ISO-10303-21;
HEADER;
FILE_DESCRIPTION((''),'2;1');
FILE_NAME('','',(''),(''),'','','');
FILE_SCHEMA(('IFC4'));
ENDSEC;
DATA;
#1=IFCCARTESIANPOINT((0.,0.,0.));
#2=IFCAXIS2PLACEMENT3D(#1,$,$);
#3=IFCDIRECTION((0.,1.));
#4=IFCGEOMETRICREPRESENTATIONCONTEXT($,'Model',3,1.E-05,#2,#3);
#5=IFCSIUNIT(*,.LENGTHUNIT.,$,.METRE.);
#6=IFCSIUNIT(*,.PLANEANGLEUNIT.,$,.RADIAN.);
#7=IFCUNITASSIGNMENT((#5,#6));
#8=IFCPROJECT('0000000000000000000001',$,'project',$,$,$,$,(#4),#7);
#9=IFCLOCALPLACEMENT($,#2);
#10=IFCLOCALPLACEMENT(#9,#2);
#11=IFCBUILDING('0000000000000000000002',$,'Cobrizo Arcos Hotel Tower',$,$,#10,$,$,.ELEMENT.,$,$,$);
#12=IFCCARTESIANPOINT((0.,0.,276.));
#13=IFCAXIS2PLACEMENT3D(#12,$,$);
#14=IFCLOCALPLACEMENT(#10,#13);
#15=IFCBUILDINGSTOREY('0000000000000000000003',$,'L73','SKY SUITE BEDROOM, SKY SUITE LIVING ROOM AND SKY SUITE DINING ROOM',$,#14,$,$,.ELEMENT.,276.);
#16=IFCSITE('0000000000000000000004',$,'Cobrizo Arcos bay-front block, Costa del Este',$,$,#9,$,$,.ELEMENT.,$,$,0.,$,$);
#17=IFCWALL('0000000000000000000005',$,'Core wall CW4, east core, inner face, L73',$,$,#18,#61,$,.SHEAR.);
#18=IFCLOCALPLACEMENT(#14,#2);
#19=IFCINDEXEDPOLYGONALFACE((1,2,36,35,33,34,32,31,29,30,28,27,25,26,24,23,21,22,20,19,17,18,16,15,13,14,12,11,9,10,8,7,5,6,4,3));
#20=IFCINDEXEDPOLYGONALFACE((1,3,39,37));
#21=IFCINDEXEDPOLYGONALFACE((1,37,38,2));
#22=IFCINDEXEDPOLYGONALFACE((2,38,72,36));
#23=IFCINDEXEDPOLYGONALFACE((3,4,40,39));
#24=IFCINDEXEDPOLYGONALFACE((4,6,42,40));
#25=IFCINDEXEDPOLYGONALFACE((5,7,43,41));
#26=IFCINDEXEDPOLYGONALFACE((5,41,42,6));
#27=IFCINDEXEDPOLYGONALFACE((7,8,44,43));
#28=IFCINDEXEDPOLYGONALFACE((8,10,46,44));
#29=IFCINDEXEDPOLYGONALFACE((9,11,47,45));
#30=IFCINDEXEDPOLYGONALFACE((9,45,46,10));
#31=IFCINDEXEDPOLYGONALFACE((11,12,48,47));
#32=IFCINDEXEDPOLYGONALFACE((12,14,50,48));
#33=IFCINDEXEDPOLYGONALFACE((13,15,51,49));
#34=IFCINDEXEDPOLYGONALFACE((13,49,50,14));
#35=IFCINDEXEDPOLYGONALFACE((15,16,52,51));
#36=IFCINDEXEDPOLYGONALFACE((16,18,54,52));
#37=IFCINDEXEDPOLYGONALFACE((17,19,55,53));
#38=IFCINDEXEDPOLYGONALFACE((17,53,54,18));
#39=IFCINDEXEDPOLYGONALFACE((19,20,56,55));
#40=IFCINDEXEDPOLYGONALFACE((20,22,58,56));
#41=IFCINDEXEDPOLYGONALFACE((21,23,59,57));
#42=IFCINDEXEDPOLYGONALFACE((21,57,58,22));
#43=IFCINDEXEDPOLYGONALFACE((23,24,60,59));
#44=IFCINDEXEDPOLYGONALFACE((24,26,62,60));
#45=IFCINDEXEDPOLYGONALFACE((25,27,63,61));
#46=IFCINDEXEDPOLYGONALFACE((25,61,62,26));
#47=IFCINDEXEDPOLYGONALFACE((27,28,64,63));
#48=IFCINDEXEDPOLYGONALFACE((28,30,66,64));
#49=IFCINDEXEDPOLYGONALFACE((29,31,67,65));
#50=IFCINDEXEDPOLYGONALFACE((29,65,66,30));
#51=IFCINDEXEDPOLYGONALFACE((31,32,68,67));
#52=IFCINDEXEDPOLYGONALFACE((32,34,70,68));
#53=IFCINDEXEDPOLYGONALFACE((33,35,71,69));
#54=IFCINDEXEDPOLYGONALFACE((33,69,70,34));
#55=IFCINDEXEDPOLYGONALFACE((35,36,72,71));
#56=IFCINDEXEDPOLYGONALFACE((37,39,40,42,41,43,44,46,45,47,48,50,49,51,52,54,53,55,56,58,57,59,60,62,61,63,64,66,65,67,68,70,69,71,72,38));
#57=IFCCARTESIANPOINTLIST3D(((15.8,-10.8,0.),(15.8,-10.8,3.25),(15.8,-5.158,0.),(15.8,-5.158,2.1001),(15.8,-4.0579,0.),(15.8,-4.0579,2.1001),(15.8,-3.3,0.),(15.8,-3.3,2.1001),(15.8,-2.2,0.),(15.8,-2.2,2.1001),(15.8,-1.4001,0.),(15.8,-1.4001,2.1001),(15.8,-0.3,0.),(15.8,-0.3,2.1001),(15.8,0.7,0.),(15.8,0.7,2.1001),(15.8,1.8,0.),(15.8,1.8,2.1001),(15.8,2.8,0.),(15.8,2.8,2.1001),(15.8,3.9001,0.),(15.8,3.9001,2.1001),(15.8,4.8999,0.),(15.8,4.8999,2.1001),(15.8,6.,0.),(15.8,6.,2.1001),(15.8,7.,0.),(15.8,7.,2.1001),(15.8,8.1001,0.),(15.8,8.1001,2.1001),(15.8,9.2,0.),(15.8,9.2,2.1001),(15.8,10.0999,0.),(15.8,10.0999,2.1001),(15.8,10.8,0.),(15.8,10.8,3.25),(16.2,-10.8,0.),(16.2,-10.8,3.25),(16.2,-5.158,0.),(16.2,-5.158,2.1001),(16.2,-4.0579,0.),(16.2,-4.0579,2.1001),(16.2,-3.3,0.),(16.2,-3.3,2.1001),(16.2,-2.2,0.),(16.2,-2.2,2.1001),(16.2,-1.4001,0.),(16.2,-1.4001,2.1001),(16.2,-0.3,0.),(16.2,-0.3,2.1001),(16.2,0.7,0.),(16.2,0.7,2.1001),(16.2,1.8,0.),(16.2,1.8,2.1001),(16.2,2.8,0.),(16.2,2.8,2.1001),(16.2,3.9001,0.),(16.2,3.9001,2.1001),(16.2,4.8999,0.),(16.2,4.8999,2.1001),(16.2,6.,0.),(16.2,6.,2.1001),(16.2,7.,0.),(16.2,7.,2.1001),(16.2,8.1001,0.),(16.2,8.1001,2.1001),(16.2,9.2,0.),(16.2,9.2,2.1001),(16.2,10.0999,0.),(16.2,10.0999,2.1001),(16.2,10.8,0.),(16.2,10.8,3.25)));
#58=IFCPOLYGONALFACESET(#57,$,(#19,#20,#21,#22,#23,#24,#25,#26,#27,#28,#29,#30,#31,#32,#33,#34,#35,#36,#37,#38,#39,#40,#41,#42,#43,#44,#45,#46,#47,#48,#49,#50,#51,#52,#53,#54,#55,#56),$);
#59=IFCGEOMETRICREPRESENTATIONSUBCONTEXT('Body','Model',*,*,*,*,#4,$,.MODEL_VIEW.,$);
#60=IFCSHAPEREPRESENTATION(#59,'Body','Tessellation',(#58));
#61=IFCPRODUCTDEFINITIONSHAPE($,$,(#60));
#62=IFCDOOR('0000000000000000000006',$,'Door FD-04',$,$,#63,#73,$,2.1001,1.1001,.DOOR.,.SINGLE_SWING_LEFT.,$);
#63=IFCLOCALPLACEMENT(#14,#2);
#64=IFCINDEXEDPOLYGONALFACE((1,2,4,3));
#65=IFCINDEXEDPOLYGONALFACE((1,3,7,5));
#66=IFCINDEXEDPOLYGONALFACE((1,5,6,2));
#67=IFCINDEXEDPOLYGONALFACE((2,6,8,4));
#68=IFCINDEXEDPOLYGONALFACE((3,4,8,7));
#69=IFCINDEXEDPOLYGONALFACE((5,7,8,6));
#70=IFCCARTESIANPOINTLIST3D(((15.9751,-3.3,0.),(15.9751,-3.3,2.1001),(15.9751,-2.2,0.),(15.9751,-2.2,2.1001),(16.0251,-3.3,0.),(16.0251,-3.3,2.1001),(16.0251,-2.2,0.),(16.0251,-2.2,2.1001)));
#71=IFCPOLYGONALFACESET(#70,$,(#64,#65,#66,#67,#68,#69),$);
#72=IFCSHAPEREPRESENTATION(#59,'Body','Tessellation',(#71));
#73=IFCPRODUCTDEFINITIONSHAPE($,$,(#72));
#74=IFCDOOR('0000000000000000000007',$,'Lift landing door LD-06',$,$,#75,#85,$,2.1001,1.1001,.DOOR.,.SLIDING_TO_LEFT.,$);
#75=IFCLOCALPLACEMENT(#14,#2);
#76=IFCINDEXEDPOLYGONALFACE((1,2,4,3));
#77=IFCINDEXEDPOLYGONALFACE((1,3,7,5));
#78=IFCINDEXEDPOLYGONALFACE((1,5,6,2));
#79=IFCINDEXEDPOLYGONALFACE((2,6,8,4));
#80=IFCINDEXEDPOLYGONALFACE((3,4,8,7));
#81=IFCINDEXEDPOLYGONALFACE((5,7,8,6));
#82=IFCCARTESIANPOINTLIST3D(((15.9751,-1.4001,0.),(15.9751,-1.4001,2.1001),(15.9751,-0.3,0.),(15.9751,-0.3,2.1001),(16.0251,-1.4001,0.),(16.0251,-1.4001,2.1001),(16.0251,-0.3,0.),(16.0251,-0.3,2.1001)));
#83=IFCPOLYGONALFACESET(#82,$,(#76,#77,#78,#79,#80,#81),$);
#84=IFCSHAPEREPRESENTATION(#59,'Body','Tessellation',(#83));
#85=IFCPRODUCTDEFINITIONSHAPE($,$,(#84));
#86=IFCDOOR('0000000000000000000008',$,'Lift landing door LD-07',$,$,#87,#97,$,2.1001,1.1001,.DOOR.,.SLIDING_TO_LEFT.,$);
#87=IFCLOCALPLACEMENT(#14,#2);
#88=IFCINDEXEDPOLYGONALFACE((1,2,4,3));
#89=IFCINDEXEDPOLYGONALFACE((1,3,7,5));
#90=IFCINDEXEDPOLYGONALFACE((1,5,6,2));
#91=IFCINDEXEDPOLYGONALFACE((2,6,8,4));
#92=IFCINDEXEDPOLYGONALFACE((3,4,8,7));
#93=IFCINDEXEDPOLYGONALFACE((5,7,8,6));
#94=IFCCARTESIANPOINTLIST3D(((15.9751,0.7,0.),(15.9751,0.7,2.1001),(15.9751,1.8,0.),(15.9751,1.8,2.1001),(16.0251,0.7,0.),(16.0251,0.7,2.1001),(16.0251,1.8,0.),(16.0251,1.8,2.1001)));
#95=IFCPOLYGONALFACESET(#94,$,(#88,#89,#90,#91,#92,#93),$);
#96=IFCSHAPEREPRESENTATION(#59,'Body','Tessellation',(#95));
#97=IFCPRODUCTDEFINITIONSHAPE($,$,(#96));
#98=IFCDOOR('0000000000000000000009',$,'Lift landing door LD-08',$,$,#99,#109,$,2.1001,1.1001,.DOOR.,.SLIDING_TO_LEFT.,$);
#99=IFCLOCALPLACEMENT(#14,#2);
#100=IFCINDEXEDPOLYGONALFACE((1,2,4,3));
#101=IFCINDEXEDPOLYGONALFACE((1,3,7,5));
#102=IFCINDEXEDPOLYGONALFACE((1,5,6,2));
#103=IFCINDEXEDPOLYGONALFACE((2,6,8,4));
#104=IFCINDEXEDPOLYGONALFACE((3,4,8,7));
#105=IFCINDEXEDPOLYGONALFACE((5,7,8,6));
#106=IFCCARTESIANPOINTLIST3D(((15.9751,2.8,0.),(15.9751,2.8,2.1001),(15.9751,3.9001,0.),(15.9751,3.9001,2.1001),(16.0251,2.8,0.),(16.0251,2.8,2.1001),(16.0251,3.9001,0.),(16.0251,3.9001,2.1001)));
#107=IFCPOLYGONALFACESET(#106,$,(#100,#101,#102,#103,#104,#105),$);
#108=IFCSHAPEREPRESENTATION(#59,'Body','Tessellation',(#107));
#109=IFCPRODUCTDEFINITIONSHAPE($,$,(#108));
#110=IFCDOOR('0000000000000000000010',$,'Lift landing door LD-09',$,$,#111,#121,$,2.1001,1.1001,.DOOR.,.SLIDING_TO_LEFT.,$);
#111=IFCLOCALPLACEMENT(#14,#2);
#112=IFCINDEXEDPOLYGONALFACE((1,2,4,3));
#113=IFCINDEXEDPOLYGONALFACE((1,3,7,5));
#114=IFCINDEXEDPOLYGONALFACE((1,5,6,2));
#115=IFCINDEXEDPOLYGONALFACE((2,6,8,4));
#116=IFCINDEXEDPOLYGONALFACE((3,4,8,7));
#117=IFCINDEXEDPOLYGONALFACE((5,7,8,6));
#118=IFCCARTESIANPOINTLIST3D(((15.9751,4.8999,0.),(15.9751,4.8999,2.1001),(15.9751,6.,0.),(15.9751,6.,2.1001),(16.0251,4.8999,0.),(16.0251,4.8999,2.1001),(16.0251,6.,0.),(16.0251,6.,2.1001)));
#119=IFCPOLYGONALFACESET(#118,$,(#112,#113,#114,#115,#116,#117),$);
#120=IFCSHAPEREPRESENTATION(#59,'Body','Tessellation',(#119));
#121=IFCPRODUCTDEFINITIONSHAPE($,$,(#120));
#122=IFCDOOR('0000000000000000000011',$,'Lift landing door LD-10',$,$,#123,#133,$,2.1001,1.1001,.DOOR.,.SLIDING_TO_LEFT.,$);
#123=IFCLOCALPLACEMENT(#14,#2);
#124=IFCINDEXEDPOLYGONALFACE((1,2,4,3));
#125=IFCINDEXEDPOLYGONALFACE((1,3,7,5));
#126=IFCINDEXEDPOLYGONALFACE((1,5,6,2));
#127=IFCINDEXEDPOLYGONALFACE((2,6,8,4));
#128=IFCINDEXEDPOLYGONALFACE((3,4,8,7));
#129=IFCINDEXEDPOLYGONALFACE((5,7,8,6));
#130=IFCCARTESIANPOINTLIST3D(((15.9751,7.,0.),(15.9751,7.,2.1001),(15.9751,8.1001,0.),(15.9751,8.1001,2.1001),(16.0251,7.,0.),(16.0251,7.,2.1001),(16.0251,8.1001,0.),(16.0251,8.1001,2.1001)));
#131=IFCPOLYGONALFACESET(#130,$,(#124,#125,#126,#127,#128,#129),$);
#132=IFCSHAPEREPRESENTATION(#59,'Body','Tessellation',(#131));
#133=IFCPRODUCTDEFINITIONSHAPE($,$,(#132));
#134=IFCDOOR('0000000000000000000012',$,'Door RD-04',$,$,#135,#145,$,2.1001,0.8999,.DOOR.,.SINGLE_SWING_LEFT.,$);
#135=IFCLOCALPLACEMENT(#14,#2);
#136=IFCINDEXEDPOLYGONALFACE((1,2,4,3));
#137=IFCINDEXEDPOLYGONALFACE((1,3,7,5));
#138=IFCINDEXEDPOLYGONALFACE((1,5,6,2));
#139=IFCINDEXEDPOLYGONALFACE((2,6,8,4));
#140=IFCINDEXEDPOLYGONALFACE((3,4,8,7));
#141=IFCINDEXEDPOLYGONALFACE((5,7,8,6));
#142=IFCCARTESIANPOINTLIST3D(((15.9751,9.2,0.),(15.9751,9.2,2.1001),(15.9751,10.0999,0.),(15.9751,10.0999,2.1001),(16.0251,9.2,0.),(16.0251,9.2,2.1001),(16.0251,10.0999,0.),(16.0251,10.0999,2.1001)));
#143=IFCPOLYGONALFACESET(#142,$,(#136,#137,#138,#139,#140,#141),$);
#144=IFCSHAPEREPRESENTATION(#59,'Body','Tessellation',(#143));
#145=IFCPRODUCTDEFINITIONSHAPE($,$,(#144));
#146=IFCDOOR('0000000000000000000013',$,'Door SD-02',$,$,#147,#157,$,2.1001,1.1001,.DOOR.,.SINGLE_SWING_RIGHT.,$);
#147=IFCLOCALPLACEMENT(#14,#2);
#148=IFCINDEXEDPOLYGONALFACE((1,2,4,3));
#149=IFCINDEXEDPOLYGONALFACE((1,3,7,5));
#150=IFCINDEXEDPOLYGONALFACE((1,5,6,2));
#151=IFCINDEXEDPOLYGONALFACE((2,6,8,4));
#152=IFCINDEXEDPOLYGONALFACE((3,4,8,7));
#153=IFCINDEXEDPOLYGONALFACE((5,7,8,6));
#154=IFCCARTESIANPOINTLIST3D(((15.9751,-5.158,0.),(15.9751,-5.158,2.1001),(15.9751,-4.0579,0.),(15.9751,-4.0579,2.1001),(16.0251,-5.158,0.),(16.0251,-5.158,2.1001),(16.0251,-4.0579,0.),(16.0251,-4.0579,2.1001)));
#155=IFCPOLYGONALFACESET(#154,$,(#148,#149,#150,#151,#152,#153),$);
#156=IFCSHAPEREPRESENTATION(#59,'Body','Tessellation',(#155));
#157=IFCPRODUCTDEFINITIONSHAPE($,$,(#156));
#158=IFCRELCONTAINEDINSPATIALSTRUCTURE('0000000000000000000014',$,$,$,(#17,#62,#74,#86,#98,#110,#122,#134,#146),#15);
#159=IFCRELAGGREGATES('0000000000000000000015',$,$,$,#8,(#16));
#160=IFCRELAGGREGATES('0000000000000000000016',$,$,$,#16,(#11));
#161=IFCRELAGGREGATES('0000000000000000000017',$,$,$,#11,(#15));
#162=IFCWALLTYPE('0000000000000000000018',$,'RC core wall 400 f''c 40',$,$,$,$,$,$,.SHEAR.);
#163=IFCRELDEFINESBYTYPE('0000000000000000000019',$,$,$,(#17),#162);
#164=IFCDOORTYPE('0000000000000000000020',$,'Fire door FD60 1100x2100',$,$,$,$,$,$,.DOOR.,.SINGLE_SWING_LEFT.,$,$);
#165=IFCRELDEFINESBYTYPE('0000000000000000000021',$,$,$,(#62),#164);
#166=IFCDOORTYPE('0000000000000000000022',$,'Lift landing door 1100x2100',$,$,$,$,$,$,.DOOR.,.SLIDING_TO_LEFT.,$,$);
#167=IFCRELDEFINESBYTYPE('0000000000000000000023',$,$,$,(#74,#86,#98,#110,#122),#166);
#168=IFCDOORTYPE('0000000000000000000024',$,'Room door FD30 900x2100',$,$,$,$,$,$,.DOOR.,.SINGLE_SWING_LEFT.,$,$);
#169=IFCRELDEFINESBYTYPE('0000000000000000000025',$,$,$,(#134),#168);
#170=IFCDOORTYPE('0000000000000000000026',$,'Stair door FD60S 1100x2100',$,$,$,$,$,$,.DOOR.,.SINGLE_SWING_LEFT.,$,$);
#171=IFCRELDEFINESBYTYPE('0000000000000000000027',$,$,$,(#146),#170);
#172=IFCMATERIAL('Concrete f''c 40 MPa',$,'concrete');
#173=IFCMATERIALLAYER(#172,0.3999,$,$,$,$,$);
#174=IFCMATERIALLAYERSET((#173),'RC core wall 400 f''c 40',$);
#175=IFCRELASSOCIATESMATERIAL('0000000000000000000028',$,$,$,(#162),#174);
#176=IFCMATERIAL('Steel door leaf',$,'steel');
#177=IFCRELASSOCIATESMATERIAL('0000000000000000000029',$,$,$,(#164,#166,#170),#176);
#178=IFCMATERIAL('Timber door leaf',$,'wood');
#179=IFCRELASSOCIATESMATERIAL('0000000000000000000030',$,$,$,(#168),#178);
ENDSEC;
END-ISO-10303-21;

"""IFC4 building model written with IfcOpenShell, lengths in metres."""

from ifc_helpers import new_model, si_unit, direction, frame, frame_2d, origin, place, context, subcontext, project, spatial, rectangle, extrude, material, layer, layer_set, type_object, element, fill, save


model = new_model("IFC4")

# Units and contexts
model_context = context("Model", 3, precision=1e-05, world=origin(), true_north=direction((0.0, 1.0)))
body_context = subcontext(model_context, "Body", "Model", "MODEL_VIEW")
ifc_project = project(units=[si_unit("LENGTHUNIT", "METRE"), si_unit("PLANEANGLEUNIT", "RADIAN")], contexts=[model_context])

# Site, building, storey
site_placement = place(None, origin())
site = spatial("IfcSite", under=ifc_project, at=site_placement, Name="Cobrizo Arcos bay-front block, Costa del Este", CompositionType="ELEMENT", RefElevation=0.0)
building_placement = place(site_placement, origin())
building = spatial("IfcBuilding", under=site, at=building_placement, Name="Cobrizo Arcos Hotel Tower", CompositionType="ELEMENT")
storey_placement = place(building_placement, frame((0.0, 0.0, 276.0)))
storey = spatial("IfcBuildingStorey", under=building, at=storey_placement, Name="L73", Description="SKY SUITE BEDROOM, SKY SUITE LIVING ROOM AND SKY SUITE DINING ROOM", CompositionType="ELEMENT", Elevation=276.0)

# Wall, openings, doors
ifc_material_1 = material(Name="Concrete f'c 40 MPa", Category="concrete")
ifc_layer_1 = layer(ifc_material_1, 0.3999)
ifc_layer_set_1 = layer_set([ifc_layer_1], Name="RC core wall 400 f'c 40")
wall_type_1 = type_object("IfcWallType", Name="RC core wall 400 f'c 40", PredefinedType="SHEAR", material=ifc_layer_set_1)
wall_1_placement = place(storey_placement, frame((16.0, -10.8, 0.0), z_axis=(0.0, 0.0, 1.0), x_axis=(0.0, 1.0, 0.0)))
wall_1 = element("IfcWall", 1, at=wall_1_placement, inside=storey, type_object=wall_type_1, Name="Core wall CW4, east core, inner face, L73", PredefinedType="SHEAR", context=body_context, shape_type="SweptSolid", body=[
    extrude(rectangle(XDim=21.6001, YDim=0.3999, at=frame_2d((10.8, 0.0))), origin(), (0.0, 0.0, 1.0), 3.25),
])
opening_1_placement = place(wall_1_placement, frame((9.3999, 0.0, 0.0)))
opening_1 = element("IfcOpeningElement", 2, at=opening_1_placement, cuts=wall_1, PredefinedType="OPENING", context=body_context, shape_type="SweptSolid", body=[
    extrude(rectangle(XDim=1.1001, YDim=2.1001, at=frame_2d((0.55, 1.05))), frame((0.0, 0.2119, 0.0), z_axis=(0.0, -1.0, 0.0), x_axis=(1.0, 0.0, 0.0)), (0.0, 0.0, 1.0), 0.4238),
])
opening_2_placement = place(wall_1_placement, frame((11.5, 0.0, 0.0)))
opening_2 = element("IfcOpeningElement", 3, at=opening_2_placement, cuts=wall_1, PredefinedType="OPENING", context=body_context, shape_type="SweptSolid", body=[
    extrude(rectangle(XDim=1.1001, YDim=2.1001, at=frame_2d((0.55, 1.05))), frame((0.0, 0.2119, 0.0), z_axis=(0.0, -1.0, 0.0), x_axis=(1.0, 0.0, 0.0)), (0.0, 0.0, 1.0), 0.4238),
])
opening_3_placement = place(wall_1_placement, frame((13.6001, 0.0, 0.0)))
opening_3 = element("IfcOpeningElement", 4, at=opening_3_placement, cuts=wall_1, PredefinedType="OPENING", context=body_context, shape_type="SweptSolid", body=[
    extrude(rectangle(XDim=1.1001, YDim=2.1001, at=frame_2d((0.55, 1.05))), frame((0.0, 0.2119, 0.0), z_axis=(0.0, -1.0, 0.0), x_axis=(1.0, 0.0, 0.0)), (0.0, 0.0, 1.0), 0.4238),
])
opening_4_placement = place(wall_1_placement, frame((15.7, 0.0, 0.0)))
opening_4 = element("IfcOpeningElement", 5, at=opening_4_placement, cuts=wall_1, PredefinedType="OPENING", context=body_context, shape_type="SweptSolid", body=[
    extrude(rectangle(XDim=1.1001, YDim=2.1001, at=frame_2d((0.55, 1.05))), frame((0.0, 0.2119, 0.0), z_axis=(0.0, -1.0, 0.0), x_axis=(1.0, 0.0, 0.0)), (0.0, 0.0, 1.0), 0.4238),
])
opening_5_placement = place(wall_1_placement, frame((17.8, 0.0, 0.0)))
opening_5 = element("IfcOpeningElement", 6, at=opening_5_placement, cuts=wall_1, PredefinedType="OPENING", context=body_context, shape_type="SweptSolid", body=[
    extrude(rectangle(XDim=1.1001, YDim=2.1001, at=frame_2d((0.55, 1.05))), frame((0.0, 0.2119, 0.0), z_axis=(0.0, -1.0, 0.0), x_axis=(1.0, 0.0, 0.0)), (0.0, 0.0, 1.0), 0.4238),
])
opening_6_placement = place(wall_1_placement, frame((5.6421, 0.0, 0.0)))
opening_6 = element("IfcOpeningElement", 7, at=opening_6_placement, cuts=wall_1, PredefinedType="OPENING", context=body_context, shape_type="SweptSolid", body=[
    extrude(rectangle(XDim=1.1001, YDim=2.1001, at=frame_2d((0.55, 1.05))), frame((0.0, 0.2119, 0.0), z_axis=(0.0, -1.0, 0.0), x_axis=(1.0, 0.0, 0.0)), (0.0, 0.0, 1.0), 0.4238),
])
opening_7_placement = place(wall_1_placement, frame((7.5, 0.0, 0.0)))
opening_7 = element("IfcOpeningElement", 8, at=opening_7_placement, cuts=wall_1, PredefinedType="OPENING", context=body_context, shape_type="SweptSolid", body=[
    extrude(rectangle(XDim=1.1001, YDim=2.1001, at=frame_2d((0.55, 1.05))), frame((0.0, 0.2119, 0.0), z_axis=(0.0, -1.0, 0.0), x_axis=(1.0, 0.0, 0.0)), (0.0, 0.0, 1.0), 0.4238),
])
opening_8_placement = place(wall_1_placement, frame((20.0, 0.0, 0.0)))
opening_8 = element("IfcOpeningElement", 9, at=opening_8_placement, cuts=wall_1, PredefinedType="OPENING", context=body_context, shape_type="SweptSolid", body=[
    extrude(rectangle(XDim=0.8999, YDim=2.1001, at=frame_2d((0.45, 1.05))), frame((0.0, 0.2119, 0.0), z_axis=(0.0, -1.0, 0.0), x_axis=(1.0, 0.0, 0.0)), (0.0, 0.0, 1.0), 0.4238),
])
ifc_material_2 = material(Name="Steel door leaf", Category="steel")
door_type_1 = type_object("IfcDoorType", Name="Fire door FD60 1100x2100", OperationType="SINGLE_SWING_LEFT", PredefinedType="DOOR", material=ifc_material_2)
door_1_placement = place(opening_7_placement, origin())
door_1 = element("IfcDoor", 10, at=door_1_placement, inside=storey, type_object=door_type_1, Name="Door FD-04", OperationType="SINGLE_SWING_LEFT", OverallHeight=2.1001, OverallWidth=1.1001, PredefinedType="DOOR", context=body_context, shape_type="SweptSolid", body=[
    extrude(rectangle(XDim=1.1001, YDim=2.1001, at=frame_2d((0.55, 1.05))), frame((0.0, 0.0249, 0.0), z_axis=(0.0, -1.0, 0.0), x_axis=(1.0, 0.0, 0.0)), (0.0, 0.0, 1.0), 0.05),
])
fill(opening_7, door_1)
door_type_2 = type_object("IfcDoorType", Name="Lift landing door 1100x2100", OperationType="SLIDING_TO_LEFT", PredefinedType="DOOR", material=ifc_material_2)
door_2_placement = place(opening_1_placement, origin())
door_2 = element("IfcDoor", 11, at=door_2_placement, inside=storey, type_object=door_type_2, Name="Lift landing door LD-06", OperationType="SLIDING_TO_LEFT", OverallHeight=2.1001, OverallWidth=1.1001, PredefinedType="DOOR", context=body_context, shape_type="SweptSolid", body=[
    extrude(rectangle(XDim=1.1001, YDim=2.1001, at=frame_2d((0.55, 1.05))), frame((0.0, 0.0249, 0.0), z_axis=(0.0, -1.0, 0.0), x_axis=(1.0, 0.0, 0.0)), (0.0, 0.0, 1.0), 0.05),
])
fill(opening_1, door_2)
door_3_placement = place(opening_2_placement, origin())
door_3 = element("IfcDoor", 12, at=door_3_placement, inside=storey, type_object=door_type_2, Name="Lift landing door LD-07", OperationType="SLIDING_TO_LEFT", OverallHeight=2.1001, OverallWidth=1.1001, PredefinedType="DOOR", context=body_context, shape_type="SweptSolid", body=[
    extrude(rectangle(XDim=1.1001, YDim=2.1001, at=frame_2d((0.55, 1.05))), frame((0.0, 0.0249, 0.0), z_axis=(0.0, -1.0, 0.0), x_axis=(1.0, 0.0, 0.0)), (0.0, 0.0, 1.0), 0.05),
])
fill(opening_2, door_3)
door_4_placement = place(opening_3_placement, origin())
door_4 = element("IfcDoor", 13, at=door_4_placement, inside=storey, type_object=door_type_2, Name="Lift landing door LD-08", OperationType="SLIDING_TO_LEFT", OverallHeight=2.1001, OverallWidth=1.1001, PredefinedType="DOOR", context=body_context, shape_type="SweptSolid", body=[
    extrude(rectangle(XDim=1.1001, YDim=2.1001, at=frame_2d((0.55, 1.05))), frame((0.0, 0.0249, 0.0), z_axis=(0.0, -1.0, 0.0), x_axis=(1.0, 0.0, 0.0)), (0.0, 0.0, 1.0), 0.05),
])
fill(opening_3, door_4)
door_5_placement = place(opening_4_placement, origin())
door_5 = element("IfcDoor", 14, at=door_5_placement, inside=storey, type_object=door_type_2, Name="Lift landing door LD-09", OperationType="SLIDING_TO_LEFT", OverallHeight=2.1001, OverallWidth=1.1001, PredefinedType="DOOR", context=body_context, shape_type="SweptSolid", body=[
    extrude(rectangle(XDim=1.1001, YDim=2.1001, at=frame_2d((0.55, 1.05))), frame((0.0, 0.0249, 0.0), z_axis=(0.0, -1.0, 0.0), x_axis=(1.0, 0.0, 0.0)), (0.0, 0.0, 1.0), 0.05),
])
fill(opening_4, door_5)
door_6_placement = place(opening_5_placement, origin())
door_6 = element("IfcDoor", 15, at=door_6_placement, inside=storey, type_object=door_type_2, Name="Lift landing door LD-10", OperationType="SLIDING_TO_LEFT", OverallHeight=2.1001, OverallWidth=1.1001, PredefinedType="DOOR", context=body_context, shape_type="SweptSolid", body=[
    extrude(rectangle(XDim=1.1001, YDim=2.1001, at=frame_2d((0.55, 1.05))), frame((0.0, 0.0249, 0.0), z_axis=(0.0, -1.0, 0.0), x_axis=(1.0, 0.0, 0.0)), (0.0, 0.0, 1.0), 0.05),
])
fill(opening_5, door_6)
ifc_material_3 = material(Name="Timber door leaf", Category="wood")
door_type_3 = type_object("IfcDoorType", Name="Room door FD30 900x2100", OperationType="SINGLE_SWING_LEFT", PredefinedType="DOOR", material=ifc_material_3)
door_7_placement = place(opening_8_placement, origin())
door_7 = element("IfcDoor", 16, at=door_7_placement, inside=storey, type_object=door_type_3, Name="Door RD-04", OperationType="SINGLE_SWING_LEFT", OverallHeight=2.1001, OverallWidth=0.8999, PredefinedType="DOOR", context=body_context, shape_type="SweptSolid", body=[
    extrude(rectangle(XDim=0.8999, YDim=2.1001, at=frame_2d((0.45, 1.05))), frame((0.0, 0.0249, 0.0), z_axis=(0.0, -1.0, 0.0), x_axis=(1.0, 0.0, 0.0)), (0.0, 0.0, 1.0), 0.05),
])
fill(opening_8, door_7)
door_type_4 = type_object("IfcDoorType", Name="Stair door FD60S 1100x2100", OperationType="SINGLE_SWING_LEFT", PredefinedType="DOOR", material=ifc_material_2)
door_8_placement = place(opening_6_placement, origin())
door_8 = element("IfcDoor", 17, at=door_8_placement, inside=storey, type_object=door_type_4, Name="Door SD-02", OperationType="SINGLE_SWING_RIGHT", OverallHeight=2.1001, OverallWidth=1.1001, PredefinedType="DOOR", context=body_context, shape_type="SweptSolid", body=[
    extrude(rectangle(XDim=1.1001, YDim=2.1001, at=frame_2d((0.55, 1.05))), frame((0.0, 0.0249, 0.0), z_axis=(0.0, -1.0, 0.0), x_axis=(1.0, 0.0, 0.0)), (0.0, 0.0, 1.0), 0.05),
])
fill(opening_6, door_8)

save(model, "model.ifc")
